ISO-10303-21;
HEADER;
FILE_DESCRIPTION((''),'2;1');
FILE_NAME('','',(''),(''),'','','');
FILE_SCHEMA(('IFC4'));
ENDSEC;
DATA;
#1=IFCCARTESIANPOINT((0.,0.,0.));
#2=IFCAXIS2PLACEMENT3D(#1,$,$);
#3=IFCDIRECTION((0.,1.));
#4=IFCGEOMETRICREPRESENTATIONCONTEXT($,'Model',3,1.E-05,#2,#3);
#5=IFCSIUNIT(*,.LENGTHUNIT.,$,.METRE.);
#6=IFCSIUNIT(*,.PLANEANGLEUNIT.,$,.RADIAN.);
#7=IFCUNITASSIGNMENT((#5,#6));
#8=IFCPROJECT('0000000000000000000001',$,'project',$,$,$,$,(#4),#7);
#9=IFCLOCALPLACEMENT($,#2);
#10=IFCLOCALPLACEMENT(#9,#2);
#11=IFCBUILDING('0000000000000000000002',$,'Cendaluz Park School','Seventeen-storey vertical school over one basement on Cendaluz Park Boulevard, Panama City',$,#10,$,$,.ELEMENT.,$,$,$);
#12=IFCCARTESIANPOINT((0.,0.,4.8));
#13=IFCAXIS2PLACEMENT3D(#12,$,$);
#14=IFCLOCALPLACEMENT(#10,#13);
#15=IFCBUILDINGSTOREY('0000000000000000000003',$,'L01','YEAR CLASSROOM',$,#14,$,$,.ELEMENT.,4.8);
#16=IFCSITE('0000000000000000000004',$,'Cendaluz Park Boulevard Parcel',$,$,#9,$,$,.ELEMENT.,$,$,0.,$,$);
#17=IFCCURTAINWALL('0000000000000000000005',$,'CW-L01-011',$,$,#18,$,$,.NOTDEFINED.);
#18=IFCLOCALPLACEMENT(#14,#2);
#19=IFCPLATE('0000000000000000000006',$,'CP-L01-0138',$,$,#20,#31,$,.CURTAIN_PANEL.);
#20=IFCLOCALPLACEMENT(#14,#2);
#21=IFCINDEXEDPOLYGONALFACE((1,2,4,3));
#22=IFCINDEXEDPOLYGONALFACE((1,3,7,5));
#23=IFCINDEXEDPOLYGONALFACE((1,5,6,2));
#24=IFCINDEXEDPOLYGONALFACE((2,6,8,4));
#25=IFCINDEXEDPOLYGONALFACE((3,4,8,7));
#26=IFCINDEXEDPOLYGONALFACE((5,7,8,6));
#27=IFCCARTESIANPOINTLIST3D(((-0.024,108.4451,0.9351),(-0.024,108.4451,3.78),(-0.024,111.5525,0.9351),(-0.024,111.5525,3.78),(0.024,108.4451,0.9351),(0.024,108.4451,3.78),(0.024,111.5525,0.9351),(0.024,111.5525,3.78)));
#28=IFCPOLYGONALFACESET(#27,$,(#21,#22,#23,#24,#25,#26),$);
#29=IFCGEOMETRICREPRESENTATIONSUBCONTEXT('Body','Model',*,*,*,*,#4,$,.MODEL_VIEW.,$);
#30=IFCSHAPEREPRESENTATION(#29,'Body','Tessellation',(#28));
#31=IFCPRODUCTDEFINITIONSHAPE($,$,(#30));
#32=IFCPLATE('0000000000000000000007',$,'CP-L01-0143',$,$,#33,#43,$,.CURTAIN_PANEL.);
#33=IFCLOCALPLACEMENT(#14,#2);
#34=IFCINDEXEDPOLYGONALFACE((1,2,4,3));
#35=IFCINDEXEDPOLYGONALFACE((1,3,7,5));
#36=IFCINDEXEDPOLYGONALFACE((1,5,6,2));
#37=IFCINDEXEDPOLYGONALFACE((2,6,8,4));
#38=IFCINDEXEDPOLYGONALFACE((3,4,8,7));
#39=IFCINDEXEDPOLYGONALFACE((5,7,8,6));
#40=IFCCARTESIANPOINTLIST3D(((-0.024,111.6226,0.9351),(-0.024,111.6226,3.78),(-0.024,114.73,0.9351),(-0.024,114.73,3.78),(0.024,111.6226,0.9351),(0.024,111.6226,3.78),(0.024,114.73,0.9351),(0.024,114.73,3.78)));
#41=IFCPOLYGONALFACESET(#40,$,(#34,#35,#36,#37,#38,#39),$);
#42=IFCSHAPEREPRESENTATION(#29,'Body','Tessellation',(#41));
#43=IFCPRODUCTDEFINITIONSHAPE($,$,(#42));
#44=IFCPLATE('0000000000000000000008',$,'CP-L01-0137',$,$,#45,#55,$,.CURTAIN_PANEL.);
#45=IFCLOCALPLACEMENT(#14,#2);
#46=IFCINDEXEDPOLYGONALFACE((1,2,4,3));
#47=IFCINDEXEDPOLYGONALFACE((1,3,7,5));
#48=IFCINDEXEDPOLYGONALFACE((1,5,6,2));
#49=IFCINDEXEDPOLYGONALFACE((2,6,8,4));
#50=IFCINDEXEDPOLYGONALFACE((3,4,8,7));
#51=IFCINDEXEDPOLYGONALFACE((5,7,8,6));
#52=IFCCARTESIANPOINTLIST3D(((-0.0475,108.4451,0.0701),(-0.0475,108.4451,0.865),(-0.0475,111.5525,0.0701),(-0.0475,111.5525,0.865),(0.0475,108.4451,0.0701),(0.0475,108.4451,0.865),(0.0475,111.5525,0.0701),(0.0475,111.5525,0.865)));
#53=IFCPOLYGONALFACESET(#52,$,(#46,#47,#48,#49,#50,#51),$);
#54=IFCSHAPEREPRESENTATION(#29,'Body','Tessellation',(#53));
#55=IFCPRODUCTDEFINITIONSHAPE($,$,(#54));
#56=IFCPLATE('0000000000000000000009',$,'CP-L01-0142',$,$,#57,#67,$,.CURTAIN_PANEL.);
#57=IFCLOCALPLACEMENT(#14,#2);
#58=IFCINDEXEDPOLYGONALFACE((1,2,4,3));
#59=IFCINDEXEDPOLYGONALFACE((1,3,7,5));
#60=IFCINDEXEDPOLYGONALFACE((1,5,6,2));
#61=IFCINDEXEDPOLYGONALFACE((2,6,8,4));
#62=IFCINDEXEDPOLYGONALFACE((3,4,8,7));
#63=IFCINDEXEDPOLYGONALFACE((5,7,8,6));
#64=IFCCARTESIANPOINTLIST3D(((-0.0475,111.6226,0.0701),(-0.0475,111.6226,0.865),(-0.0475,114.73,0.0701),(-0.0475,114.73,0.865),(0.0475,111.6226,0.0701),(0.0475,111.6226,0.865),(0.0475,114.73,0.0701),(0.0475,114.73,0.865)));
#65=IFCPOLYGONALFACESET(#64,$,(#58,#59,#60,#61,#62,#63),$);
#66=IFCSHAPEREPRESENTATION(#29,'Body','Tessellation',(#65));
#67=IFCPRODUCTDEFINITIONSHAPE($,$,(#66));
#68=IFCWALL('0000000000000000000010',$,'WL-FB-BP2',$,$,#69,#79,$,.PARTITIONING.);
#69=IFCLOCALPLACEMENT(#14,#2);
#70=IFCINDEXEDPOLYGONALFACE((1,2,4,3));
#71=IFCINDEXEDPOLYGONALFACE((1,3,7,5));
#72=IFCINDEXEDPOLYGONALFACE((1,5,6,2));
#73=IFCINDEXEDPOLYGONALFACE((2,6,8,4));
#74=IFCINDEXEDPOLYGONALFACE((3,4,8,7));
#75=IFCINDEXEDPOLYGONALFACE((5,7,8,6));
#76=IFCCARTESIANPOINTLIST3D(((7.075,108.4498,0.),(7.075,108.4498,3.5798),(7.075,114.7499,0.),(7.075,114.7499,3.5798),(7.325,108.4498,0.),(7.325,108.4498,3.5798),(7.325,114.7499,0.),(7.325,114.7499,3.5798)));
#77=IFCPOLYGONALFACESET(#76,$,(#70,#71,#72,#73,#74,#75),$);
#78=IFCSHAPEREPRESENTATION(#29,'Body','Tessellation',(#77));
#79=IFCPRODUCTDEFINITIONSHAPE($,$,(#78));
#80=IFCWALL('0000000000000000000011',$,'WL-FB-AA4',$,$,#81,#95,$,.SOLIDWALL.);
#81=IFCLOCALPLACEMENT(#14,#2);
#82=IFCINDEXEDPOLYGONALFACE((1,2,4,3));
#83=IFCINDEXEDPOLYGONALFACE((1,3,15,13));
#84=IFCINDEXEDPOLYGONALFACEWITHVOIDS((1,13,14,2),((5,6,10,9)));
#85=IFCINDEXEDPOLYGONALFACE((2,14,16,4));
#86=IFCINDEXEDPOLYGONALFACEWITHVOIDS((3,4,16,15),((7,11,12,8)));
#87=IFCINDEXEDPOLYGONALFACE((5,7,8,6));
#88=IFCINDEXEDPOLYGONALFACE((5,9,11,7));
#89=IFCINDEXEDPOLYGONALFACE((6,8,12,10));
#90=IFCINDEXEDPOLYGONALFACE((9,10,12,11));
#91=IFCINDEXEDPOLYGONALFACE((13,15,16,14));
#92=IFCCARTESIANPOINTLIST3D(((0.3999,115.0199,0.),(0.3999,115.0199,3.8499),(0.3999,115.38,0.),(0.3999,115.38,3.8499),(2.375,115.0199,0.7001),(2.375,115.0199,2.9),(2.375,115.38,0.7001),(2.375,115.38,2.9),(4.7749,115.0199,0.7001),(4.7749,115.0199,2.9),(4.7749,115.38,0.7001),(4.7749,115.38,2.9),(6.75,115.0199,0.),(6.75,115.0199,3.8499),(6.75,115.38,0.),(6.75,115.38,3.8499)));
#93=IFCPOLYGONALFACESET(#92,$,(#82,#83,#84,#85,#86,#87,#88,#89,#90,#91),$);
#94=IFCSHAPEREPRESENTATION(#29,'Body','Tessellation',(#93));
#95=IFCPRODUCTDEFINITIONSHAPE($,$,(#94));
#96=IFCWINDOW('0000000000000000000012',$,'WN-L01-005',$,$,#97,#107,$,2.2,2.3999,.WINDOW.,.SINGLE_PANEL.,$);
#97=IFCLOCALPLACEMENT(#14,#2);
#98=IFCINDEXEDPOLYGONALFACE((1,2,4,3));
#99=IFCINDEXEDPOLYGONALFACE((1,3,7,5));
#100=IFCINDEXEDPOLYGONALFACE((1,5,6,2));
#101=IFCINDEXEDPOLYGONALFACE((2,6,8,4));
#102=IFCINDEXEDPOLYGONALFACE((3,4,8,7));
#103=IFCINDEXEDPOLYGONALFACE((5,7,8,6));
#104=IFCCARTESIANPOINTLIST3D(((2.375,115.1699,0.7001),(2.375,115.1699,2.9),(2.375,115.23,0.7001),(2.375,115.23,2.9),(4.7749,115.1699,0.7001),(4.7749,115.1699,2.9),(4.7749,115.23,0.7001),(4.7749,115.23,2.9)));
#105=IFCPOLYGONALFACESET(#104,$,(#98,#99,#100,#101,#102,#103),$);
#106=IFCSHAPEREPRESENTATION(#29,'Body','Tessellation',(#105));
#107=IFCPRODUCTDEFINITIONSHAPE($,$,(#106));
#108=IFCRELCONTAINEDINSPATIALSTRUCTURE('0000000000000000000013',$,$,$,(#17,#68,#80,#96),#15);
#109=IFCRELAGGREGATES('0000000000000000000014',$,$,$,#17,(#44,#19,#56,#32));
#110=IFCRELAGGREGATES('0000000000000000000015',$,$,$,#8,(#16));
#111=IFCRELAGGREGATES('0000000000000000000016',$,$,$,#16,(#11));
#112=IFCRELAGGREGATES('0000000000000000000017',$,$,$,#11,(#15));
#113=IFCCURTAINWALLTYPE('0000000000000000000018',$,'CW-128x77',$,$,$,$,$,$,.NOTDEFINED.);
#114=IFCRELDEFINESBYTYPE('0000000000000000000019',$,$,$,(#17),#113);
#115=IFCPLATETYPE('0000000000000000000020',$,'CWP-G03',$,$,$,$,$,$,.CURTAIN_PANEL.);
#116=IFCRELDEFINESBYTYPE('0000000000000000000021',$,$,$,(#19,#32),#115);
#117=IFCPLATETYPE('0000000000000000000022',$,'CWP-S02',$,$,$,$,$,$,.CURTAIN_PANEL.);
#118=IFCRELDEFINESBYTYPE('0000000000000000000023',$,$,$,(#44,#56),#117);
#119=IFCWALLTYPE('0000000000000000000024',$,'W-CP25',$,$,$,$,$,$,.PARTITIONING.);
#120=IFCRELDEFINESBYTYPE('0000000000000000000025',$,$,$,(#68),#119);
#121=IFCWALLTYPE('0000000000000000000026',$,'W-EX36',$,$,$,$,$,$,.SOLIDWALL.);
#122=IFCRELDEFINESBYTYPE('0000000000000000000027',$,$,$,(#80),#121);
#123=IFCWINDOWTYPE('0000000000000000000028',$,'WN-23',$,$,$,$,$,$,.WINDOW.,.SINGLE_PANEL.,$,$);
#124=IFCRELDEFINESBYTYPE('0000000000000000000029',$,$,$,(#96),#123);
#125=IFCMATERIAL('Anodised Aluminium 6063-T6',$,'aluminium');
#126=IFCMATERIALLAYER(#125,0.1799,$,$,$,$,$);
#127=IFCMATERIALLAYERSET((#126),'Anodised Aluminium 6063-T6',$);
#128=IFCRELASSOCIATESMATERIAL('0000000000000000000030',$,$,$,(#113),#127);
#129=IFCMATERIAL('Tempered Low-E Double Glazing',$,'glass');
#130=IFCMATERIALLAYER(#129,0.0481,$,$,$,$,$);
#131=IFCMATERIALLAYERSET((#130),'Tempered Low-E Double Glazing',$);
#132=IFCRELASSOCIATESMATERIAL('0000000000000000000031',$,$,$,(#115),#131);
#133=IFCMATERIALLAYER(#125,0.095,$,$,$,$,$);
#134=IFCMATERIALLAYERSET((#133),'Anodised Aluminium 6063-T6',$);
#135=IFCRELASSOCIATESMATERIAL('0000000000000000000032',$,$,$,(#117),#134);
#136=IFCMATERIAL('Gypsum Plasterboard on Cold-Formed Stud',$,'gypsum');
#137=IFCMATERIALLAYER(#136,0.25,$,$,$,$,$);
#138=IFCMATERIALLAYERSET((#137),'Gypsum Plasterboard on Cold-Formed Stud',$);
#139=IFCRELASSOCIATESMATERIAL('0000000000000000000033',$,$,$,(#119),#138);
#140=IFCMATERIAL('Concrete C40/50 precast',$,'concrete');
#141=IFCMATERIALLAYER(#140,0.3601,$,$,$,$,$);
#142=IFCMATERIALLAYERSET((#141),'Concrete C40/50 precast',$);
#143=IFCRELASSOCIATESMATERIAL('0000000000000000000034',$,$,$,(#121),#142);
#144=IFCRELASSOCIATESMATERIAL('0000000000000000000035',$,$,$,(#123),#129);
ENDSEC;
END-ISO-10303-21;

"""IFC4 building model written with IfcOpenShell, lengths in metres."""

from ifc_helpers import new_model, si_unit, direction, frame, frame_2d, origin, origin_2d, place, context, subcontext, project, spatial, rectangle, extrude, material, layer, layer_set, type_object, element, fill, aggregate, save


model = new_model("IFC4")

# Units and contexts
model_context = context("Model", 3, precision=1e-05, world=origin(), true_north=direction((0.0, 1.0)))
body_context = subcontext(model_context, "Body", "Model", "MODEL_VIEW")
ifc_project = project(units=[si_unit("LENGTHUNIT", "METRE"), si_unit("PLANEANGLEUNIT", "RADIAN")], contexts=[model_context])

# Site, building, storey
site_placement = place(None, origin())
site = spatial("IfcSite", under=ifc_project, at=site_placement, Name="Cendaluz Park Boulevard Parcel", CompositionType="ELEMENT", RefElevation=0.0)
building_placement = place(site_placement, origin())
building = spatial("IfcBuilding", under=site, at=building_placement, Name="Cendaluz Park School", Description="Seventeen-storey vertical school over one basement on Cendaluz Park Boulevard, Panama City", CompositionType="ELEMENT")
storey_placement = place(building_placement, frame((0.0, 0.0, 4.8)))
storey = spatial("IfcBuildingStorey", under=building, at=storey_placement, Name="L01", Description="YEAR CLASSROOM", CompositionType="ELEMENT", Elevation=4.8)

# Curtain wall
ifc_material_1 = material(Name="Anodised Aluminium 6063-T6", Category="aluminium")
ifc_layer_1 = layer(ifc_material_1, 0.1799)
ifc_layer_set_1 = layer_set([ifc_layer_1], Name="Anodised Aluminium 6063-T6")
curtain_wall_type_1 = type_object("IfcCurtainWallType", Name="CW-128x77", PredefinedType="NOTDEFINED", material=ifc_layer_set_1)
curtain_wall_1_placement = place(storey_placement, origin())
curtain_wall_1 = element("IfcCurtainWall", 1, at=curtain_wall_1_placement, inside=storey, type_object=curtain_wall_type_1, Name="CW-L01-011", PredefinedType="NOTDEFINED")

# Plates
ifc_material_2 = material(Name="Tempered Low-E Double Glazing", Category="glass")
ifc_layer_2 = layer(ifc_material_2, 0.0481)
ifc_layer_set_2 = layer_set([ifc_layer_2], Name="Tempered Low-E Double Glazing")
plate_type_1 = type_object("IfcPlateType", Name="CWP-G03", PredefinedType="CURTAIN_PANEL", material=ifc_layer_set_2)
plate_1_placement = place(storey_placement, frame((0.0, 109.9988, 0.9351), z_axis=(0.0, 0.0, 1.0), x_axis=(0.0, 1.0, 0.0)))
plate_1 = element("IfcPlate", 2, at=plate_1_placement, type_object=plate_type_1, Name="CP-L01-0138", PredefinedType="CURTAIN_PANEL", context=body_context, shape_type="SweptSolid", body=[
    extrude(rectangle(XDim=3.1074, YDim=0.0481, at=origin_2d()), origin(), (0.0, 0.0, 1.0), 2.845),
])
plate_2_placement = place(storey_placement, frame((0.0, 113.1763, 0.9351), z_axis=(0.0, 0.0, 1.0), x_axis=(0.0, 1.0, 0.0)))
plate_2 = element("IfcPlate", 3, at=plate_2_placement, type_object=plate_type_1, Name="CP-L01-0143", PredefinedType="CURTAIN_PANEL", context=body_context, shape_type="SweptSolid", body=[
    extrude(rectangle(XDim=3.1074, YDim=0.0481, at=origin_2d()), origin(), (0.0, 0.0, 1.0), 2.845),
])
ifc_layer_3 = layer(ifc_material_1, 0.095)
ifc_layer_set_3 = layer_set([ifc_layer_3], Name="Anodised Aluminium 6063-T6")
plate_type_2 = type_object("IfcPlateType", Name="CWP-S02", PredefinedType="CURTAIN_PANEL", material=ifc_layer_set_3)
plate_3_placement = place(storey_placement, frame((0.0, 109.9988, 0.0701), z_axis=(0.0, 0.0, 1.0), x_axis=(0.0, 1.0, 0.0)))
plate_3 = element("IfcPlate", 4, at=plate_3_placement, type_object=plate_type_2, Name="CP-L01-0137", PredefinedType="CURTAIN_PANEL", context=body_context, shape_type="SweptSolid", body=[
    extrude(rectangle(XDim=3.1074, YDim=0.095, at=origin_2d()), origin(), (0.0, 0.0, 1.0), 0.7949),
])
plate_4_placement = place(storey_placement, frame((0.0, 113.1763, 0.0701), z_axis=(0.0, 0.0, 1.0), x_axis=(0.0, 1.0, 0.0)))
plate_4 = element("IfcPlate", 5, at=plate_4_placement, type_object=plate_type_2, Name="CP-L01-0142", PredefinedType="CURTAIN_PANEL", context=body_context, shape_type="SweptSolid", body=[
    extrude(rectangle(XDim=3.1074, YDim=0.095, at=origin_2d()), origin(), (0.0, 0.0, 1.0), 0.7949),
])
aggregate(curtain_wall_1, [plate_3, plate_1, plate_4, plate_2])

# Wall
ifc_material_3 = material(Name="Gypsum Plasterboard on Cold-Formed Stud", Category="gypsum")
ifc_layer_4 = layer(ifc_material_3, 0.25)
ifc_layer_set_4 = layer_set([ifc_layer_4], Name="Gypsum Plasterboard on Cold-Formed Stud")
wall_type_1 = type_object("IfcWallType", Name="W-CP25", PredefinedType="PARTITIONING", material=ifc_layer_set_4)
wall_1_placement = place(storey_placement, frame((7.2, 108.45, 0.0), z_axis=(0.0, 0.0, 1.0), x_axis=(0.0, 1.0, 0.0)))
element("IfcWall", 6, at=wall_1_placement, inside=storey, type_object=wall_type_1, Name="WL-FB-BP2", PredefinedType="PARTITIONING", context=body_context, shape_type="SweptSolid", body=[
    extrude(rectangle(XDim=6.3, YDim=0.25, at=frame_2d((3.1499, 0.0))), origin(), (0.0, 0.0, 1.0), 3.5798),
])

# Wall, opening, window
ifc_material_4 = material(Name="Concrete C40/50 precast", Category="concrete")
ifc_layer_5 = layer(ifc_material_4, 0.3601)
ifc_layer_set_5 = layer_set([ifc_layer_5], Name="Concrete C40/50 precast")
wall_type_2 = type_object("IfcWallType", Name="W-EX36", PredefinedType="SOLIDWALL", material=ifc_layer_set_5)
wall_2_placement = place(storey_placement, frame((0.3999, 115.2, 0.0), z_axis=(0.0, 0.0, 1.0), x_axis=(1.0, 0.0, 0.0)))
wall_2 = element("IfcWall", 7, at=wall_2_placement, inside=storey, type_object=wall_type_2, Name="WL-FB-AA4", PredefinedType="SOLIDWALL", context=body_context, shape_type="SweptSolid", body=[
    extrude(rectangle(XDim=6.3501, YDim=0.3601, at=frame_2d((3.175, 0.0))), origin(), (0.0, 0.0, 1.0), 3.8499),
])
opening_placement = place(wall_2_placement, frame((1.9751, 0.0, 0.7)))
opening = element("IfcOpeningElement", 8, at=opening_placement, cuts=wall_2, PredefinedType="OPENING", context=body_context, shape_type="SweptSolid", body=[
    extrude(rectangle(XDim=2.3999, YDim=2.2, at=frame_2d((1.2, 1.1001))), frame((0.0, 0.1921, 0.0), z_axis=(0.0, -1.0, 0.0), x_axis=(1.0, 0.0, 0.0)), (0.0, 0.0, 1.0), 0.384),
])
window_type = type_object("IfcWindowType", Name="WN-23", PartitioningType="SINGLE_PANEL", PredefinedType="WINDOW", material=ifc_material_2)
window_placement = place(opening_placement, origin())
window = element("IfcWindow", 9, at=window_placement, inside=storey, type_object=window_type, Name="WN-L01-005", OverallHeight=2.2, OverallWidth=2.3999, PartitioningType="SINGLE_PANEL", PredefinedType="WINDOW", context=body_context, shape_type="SweptSolid", body=[
    extrude(rectangle(XDim=2.3999, YDim=2.2, at=frame_2d((1.2, 1.1001))), frame((0.0, 0.03, 0.0), z_axis=(0.0, -1.0, 0.0), x_axis=(1.0, 0.0, 0.0)), (0.0, 0.0, 1.0), 0.0601),
])
fill(opening, window)

save(model, "model.ifc")
